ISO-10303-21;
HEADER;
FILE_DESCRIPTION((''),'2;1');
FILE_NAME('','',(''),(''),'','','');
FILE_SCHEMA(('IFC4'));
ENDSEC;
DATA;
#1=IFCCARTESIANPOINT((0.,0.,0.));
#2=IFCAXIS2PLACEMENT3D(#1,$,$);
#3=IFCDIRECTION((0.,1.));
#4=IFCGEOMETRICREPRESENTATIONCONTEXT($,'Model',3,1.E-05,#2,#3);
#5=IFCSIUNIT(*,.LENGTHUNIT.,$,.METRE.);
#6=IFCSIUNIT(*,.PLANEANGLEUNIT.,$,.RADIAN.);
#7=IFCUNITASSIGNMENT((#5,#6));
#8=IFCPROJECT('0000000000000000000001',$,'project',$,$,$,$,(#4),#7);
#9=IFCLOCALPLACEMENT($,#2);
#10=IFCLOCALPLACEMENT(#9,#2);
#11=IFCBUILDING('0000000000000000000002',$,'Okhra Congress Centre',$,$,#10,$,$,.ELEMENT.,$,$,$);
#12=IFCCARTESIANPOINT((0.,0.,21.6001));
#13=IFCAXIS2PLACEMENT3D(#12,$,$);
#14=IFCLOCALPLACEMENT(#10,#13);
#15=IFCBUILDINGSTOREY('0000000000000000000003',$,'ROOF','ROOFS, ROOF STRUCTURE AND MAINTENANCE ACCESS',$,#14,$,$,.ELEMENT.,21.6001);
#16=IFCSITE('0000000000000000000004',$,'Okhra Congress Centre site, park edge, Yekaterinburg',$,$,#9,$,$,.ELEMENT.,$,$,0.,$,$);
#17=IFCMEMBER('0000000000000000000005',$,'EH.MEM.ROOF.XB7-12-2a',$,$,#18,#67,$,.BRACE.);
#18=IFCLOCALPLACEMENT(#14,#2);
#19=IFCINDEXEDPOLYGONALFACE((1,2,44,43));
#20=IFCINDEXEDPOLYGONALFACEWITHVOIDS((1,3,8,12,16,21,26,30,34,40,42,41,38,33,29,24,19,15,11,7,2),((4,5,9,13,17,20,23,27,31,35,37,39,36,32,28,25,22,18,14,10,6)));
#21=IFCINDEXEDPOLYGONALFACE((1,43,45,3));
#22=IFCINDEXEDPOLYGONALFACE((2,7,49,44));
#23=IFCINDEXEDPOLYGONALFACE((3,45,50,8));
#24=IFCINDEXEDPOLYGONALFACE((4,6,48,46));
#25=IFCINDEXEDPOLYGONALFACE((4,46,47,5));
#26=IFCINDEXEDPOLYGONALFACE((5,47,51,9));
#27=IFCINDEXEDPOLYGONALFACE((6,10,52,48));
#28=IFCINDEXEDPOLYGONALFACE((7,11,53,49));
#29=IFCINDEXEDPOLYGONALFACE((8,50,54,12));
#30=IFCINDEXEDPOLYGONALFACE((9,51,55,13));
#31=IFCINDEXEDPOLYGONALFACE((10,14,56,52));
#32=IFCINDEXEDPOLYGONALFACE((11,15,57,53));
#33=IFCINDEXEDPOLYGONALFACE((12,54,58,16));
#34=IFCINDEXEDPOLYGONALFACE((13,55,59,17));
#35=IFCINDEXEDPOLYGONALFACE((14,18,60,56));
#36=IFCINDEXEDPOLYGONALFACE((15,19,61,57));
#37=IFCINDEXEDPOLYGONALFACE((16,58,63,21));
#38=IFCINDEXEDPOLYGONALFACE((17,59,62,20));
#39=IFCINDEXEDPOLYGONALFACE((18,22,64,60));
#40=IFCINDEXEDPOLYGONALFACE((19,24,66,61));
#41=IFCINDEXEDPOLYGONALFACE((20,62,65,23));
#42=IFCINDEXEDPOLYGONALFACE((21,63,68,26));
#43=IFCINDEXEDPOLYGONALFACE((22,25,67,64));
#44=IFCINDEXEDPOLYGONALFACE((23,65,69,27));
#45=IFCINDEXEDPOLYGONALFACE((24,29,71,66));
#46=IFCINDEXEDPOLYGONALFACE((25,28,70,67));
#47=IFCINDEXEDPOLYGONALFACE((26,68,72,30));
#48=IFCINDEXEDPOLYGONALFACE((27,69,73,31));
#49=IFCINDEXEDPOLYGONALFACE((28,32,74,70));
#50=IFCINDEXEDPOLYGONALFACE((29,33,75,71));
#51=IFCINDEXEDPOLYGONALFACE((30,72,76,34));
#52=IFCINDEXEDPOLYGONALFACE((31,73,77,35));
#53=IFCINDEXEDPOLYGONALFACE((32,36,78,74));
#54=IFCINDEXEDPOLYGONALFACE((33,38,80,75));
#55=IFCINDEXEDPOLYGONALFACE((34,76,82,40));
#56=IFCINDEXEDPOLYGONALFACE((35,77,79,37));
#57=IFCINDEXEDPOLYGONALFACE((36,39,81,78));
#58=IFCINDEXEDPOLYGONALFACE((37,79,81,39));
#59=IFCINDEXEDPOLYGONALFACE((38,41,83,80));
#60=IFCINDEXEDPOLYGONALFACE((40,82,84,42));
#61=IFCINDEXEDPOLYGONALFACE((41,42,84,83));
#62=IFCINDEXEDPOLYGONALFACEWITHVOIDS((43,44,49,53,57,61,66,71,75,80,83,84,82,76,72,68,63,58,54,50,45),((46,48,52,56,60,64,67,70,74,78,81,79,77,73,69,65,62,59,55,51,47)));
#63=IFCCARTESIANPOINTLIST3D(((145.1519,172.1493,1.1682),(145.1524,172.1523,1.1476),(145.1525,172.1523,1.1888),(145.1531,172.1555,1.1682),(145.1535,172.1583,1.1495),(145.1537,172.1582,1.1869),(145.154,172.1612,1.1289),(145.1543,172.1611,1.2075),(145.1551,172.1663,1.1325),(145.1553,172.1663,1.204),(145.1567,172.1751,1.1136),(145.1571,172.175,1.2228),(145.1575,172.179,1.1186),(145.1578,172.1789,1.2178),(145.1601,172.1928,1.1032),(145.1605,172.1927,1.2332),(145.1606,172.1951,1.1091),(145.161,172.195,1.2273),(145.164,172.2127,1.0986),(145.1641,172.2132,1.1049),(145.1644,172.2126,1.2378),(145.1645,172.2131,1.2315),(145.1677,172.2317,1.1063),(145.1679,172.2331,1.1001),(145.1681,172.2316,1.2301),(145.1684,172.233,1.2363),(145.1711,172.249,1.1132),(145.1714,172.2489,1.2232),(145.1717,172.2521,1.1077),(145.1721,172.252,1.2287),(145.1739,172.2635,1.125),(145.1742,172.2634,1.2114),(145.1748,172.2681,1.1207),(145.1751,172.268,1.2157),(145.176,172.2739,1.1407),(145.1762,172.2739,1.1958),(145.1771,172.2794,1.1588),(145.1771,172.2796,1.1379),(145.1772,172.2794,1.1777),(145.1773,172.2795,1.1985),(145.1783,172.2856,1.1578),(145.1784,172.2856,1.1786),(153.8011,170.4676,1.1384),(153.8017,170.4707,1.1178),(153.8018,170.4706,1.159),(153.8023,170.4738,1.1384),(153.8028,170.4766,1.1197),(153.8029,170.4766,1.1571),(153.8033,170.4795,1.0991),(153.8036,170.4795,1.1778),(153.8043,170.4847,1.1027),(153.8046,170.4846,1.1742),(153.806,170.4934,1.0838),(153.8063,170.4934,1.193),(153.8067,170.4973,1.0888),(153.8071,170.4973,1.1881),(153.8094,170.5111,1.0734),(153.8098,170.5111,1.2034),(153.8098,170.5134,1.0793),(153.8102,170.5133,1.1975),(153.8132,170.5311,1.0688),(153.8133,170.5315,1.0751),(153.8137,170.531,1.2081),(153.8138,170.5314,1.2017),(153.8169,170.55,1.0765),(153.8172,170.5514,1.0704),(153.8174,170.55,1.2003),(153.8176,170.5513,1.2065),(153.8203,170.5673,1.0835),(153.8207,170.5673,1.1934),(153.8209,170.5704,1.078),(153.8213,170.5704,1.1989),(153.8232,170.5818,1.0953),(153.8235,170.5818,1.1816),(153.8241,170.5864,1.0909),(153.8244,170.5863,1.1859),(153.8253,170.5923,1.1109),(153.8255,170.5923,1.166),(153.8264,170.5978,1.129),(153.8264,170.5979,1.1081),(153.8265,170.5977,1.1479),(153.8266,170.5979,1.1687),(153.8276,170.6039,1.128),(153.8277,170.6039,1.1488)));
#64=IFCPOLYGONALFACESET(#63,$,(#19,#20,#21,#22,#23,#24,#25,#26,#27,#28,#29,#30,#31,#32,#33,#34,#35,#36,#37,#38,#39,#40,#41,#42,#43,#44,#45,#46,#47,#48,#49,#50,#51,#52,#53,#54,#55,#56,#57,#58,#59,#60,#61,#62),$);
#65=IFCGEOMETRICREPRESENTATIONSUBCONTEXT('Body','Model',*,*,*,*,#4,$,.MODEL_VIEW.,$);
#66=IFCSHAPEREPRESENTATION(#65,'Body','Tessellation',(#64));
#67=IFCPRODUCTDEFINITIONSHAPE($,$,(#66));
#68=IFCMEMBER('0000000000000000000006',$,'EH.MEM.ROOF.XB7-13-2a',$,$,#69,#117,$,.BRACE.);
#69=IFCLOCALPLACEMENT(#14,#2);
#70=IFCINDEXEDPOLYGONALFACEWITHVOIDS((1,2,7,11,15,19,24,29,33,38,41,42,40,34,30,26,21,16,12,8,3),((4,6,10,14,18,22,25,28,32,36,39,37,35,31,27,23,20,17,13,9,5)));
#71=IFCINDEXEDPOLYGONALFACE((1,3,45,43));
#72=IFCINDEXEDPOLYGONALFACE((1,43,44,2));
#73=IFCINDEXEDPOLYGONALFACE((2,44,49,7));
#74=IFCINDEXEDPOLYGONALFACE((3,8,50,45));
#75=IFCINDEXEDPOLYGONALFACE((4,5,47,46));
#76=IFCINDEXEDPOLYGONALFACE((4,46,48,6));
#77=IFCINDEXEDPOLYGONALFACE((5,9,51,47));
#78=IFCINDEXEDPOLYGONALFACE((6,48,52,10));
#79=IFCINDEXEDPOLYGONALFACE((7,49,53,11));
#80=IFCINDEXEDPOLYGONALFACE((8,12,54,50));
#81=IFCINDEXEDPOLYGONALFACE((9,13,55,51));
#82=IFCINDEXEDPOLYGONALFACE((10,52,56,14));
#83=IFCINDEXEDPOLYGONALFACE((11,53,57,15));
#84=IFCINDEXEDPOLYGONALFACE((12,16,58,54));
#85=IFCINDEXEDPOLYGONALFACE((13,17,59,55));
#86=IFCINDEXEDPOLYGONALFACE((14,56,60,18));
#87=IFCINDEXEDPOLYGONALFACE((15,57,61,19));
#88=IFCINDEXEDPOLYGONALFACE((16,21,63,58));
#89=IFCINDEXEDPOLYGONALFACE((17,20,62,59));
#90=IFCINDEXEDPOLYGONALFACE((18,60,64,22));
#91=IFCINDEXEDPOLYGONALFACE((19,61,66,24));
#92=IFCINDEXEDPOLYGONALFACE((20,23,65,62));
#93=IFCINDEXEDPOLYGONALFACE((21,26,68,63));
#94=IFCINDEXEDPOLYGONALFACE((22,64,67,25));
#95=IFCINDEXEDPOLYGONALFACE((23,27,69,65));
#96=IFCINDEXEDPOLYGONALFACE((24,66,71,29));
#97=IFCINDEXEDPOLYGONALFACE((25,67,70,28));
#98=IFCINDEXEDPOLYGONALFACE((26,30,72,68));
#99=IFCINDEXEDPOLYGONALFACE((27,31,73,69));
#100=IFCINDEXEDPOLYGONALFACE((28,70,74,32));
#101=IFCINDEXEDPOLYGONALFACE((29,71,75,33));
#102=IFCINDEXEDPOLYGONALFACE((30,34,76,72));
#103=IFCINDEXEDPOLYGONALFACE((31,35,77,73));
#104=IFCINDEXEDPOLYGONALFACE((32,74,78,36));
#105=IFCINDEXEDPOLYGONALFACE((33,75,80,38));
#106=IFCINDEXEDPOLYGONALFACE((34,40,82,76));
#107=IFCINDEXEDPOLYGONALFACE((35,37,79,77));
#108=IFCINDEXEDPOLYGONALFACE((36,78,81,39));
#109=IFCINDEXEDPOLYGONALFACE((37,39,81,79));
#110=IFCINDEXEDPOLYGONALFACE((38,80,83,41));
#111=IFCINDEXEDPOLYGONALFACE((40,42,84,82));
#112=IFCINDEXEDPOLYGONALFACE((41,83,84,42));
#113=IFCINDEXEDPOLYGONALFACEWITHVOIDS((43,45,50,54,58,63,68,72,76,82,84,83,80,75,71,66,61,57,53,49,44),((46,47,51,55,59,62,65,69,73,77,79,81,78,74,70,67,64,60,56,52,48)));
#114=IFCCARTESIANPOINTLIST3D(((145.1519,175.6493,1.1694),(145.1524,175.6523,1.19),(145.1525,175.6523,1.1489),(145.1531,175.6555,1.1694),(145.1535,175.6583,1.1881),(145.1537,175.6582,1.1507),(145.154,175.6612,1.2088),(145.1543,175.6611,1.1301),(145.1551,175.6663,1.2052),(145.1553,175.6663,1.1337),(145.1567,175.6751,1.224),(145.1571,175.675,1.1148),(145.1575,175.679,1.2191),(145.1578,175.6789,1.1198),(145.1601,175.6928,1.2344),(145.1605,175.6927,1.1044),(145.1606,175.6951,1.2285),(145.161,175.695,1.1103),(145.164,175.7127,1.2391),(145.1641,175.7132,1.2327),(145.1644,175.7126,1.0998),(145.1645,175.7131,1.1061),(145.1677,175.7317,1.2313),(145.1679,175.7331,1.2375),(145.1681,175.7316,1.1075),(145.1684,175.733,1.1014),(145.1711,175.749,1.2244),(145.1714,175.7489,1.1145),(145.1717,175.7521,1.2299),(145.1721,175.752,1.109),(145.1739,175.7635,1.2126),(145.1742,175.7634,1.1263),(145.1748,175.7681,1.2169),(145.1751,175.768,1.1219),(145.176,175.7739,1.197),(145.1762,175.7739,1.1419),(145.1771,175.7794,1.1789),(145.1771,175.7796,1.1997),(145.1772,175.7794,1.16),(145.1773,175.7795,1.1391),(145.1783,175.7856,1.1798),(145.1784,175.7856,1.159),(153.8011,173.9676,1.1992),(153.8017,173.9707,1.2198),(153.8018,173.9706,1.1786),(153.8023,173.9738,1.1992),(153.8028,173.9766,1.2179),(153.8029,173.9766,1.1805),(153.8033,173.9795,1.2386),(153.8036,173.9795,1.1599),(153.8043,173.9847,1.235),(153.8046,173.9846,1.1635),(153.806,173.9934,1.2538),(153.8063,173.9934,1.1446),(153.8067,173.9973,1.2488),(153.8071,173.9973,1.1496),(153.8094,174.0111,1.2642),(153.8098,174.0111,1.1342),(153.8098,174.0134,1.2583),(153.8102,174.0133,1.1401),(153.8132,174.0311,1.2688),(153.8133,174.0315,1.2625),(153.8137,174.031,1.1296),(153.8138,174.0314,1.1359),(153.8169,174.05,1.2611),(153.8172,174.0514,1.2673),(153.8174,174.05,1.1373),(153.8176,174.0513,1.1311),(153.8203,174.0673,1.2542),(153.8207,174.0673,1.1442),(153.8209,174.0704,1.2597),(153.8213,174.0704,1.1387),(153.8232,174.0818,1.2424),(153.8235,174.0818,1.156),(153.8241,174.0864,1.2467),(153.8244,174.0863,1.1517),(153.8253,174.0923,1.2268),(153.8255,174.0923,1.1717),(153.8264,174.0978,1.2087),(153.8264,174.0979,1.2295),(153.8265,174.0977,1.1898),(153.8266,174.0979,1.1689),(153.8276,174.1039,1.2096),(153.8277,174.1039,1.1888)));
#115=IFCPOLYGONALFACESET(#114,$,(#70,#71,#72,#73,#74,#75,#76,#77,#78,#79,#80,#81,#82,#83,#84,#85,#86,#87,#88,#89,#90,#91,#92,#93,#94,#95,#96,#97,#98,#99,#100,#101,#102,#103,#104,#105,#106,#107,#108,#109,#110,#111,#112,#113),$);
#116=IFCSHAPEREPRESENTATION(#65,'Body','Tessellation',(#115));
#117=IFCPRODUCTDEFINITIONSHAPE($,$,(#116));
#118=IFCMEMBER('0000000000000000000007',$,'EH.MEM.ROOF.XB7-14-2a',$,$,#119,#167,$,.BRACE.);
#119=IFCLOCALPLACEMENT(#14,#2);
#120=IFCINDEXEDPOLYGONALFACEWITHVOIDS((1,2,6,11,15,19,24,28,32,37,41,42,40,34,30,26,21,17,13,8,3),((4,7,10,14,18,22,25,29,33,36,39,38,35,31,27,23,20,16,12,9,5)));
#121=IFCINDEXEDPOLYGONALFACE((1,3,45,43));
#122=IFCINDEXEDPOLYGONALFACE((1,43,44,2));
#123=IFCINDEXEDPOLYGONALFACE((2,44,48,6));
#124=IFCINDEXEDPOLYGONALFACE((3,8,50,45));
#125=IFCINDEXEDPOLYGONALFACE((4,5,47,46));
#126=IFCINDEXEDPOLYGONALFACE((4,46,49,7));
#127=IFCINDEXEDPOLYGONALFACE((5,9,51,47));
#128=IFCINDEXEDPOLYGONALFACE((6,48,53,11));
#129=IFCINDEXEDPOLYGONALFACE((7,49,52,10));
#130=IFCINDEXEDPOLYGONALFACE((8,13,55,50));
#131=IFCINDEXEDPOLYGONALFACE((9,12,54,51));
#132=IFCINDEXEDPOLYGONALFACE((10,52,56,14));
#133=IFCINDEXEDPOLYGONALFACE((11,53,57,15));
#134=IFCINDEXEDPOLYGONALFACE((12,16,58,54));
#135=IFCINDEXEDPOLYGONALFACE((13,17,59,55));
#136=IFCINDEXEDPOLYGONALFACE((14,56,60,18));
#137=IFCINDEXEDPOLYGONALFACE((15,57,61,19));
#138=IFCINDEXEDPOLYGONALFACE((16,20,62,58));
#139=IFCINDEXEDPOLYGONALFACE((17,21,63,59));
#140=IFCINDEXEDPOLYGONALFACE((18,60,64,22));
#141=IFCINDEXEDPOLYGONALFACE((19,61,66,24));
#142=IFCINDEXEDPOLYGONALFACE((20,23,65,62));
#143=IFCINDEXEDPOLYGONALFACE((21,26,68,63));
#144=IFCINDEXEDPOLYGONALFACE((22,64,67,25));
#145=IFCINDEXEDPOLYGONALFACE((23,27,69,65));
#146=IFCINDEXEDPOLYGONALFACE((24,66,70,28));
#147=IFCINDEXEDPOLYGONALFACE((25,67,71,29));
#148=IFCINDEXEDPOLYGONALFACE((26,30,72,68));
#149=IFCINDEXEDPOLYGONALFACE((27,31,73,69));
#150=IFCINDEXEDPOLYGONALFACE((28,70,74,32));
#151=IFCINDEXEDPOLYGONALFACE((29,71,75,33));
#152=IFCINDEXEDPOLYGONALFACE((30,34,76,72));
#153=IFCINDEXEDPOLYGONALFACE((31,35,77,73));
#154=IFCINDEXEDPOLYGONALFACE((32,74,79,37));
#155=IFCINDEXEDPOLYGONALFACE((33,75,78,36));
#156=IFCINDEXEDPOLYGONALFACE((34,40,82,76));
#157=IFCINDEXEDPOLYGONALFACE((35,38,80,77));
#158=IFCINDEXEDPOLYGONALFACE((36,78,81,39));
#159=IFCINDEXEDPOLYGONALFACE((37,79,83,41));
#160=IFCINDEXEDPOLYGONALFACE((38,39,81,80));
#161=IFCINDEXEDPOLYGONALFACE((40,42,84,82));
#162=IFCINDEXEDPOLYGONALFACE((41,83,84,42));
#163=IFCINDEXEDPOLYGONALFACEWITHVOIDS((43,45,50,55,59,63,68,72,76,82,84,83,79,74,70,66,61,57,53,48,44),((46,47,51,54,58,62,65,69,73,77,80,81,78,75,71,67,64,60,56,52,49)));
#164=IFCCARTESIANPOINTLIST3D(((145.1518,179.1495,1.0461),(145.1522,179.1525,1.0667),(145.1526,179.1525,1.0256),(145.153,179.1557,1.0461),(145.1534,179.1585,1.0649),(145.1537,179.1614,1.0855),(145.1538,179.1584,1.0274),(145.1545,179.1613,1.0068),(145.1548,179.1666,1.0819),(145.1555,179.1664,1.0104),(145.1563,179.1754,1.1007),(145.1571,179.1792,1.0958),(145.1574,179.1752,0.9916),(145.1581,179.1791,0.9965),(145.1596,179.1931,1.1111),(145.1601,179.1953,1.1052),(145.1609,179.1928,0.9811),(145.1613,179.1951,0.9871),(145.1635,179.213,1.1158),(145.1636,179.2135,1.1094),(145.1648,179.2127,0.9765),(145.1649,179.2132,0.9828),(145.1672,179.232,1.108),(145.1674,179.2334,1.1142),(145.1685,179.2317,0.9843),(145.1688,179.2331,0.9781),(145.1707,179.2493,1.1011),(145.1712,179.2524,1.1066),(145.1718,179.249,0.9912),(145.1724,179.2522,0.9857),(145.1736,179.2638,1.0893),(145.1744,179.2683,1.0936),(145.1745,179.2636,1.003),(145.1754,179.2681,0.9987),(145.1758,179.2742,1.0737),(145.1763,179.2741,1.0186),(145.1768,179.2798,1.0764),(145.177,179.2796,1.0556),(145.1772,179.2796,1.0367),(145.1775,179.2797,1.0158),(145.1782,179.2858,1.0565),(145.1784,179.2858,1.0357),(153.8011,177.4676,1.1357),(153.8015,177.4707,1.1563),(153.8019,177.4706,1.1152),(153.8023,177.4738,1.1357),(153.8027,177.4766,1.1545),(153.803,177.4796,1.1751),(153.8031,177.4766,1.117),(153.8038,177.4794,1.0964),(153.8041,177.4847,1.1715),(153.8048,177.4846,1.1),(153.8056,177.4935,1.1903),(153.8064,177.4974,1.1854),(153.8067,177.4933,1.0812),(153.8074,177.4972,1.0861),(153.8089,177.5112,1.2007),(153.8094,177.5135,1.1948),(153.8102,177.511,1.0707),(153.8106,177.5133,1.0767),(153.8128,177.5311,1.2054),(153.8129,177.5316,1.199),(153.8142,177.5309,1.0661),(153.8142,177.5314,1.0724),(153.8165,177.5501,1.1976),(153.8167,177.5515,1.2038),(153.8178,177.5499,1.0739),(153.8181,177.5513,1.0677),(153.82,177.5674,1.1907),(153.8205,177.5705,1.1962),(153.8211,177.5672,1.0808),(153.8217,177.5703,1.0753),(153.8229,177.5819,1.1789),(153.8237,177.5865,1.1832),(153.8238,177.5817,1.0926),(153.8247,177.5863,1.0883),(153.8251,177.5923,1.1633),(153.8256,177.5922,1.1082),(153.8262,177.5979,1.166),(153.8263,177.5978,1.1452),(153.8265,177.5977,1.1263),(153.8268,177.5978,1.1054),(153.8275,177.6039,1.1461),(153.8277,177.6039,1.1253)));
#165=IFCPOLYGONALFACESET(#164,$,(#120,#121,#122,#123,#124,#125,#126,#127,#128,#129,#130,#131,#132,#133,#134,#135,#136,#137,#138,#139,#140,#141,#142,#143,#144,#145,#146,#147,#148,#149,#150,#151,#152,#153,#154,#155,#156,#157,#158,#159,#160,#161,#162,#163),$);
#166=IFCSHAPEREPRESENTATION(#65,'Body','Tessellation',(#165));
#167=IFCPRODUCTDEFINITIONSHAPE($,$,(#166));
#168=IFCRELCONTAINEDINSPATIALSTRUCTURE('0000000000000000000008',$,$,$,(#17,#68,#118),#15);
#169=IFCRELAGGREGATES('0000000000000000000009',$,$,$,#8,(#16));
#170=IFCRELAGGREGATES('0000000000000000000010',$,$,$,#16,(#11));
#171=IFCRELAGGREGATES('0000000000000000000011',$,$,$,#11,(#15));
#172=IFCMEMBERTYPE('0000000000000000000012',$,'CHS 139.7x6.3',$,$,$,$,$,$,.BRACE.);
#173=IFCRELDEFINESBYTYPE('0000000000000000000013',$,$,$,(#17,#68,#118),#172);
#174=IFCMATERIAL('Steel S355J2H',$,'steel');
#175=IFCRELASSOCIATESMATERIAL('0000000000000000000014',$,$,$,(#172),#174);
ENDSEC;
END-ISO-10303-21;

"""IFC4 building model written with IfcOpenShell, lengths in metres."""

from ifc_helpers import new_model, si_unit, direction, frame, origin, origin_2d, place, context, subcontext, project, spatial, hollow_circle, extrude, material, material_profile, profile_set, type_object, element, save


model = new_model("IFC4")

# Units and contexts
model_context = context("Model", 3, precision=1e-05, world=origin(), true_north=direction((0.0, 1.0)))
body_context = subcontext(model_context, "Body", "Model", "MODEL_VIEW")
ifc_project = project(units=[si_unit("LENGTHUNIT", "METRE"), si_unit("PLANEANGLEUNIT", "RADIAN")], contexts=[model_context])

# Site, building, storey
site_placement = place(None, origin())
site = spatial("IfcSite", under=ifc_project, at=site_placement, Name="Okhra Congress Centre site, park edge, Yekaterinburg", CompositionType="ELEMENT", RefElevation=0.0)
building_placement = place(site_placement, origin())
building = spatial("IfcBuilding", under=site, at=building_placement, Name="Okhra Congress Centre", CompositionType="ELEMENT")
storey_placement = place(building_placement, frame((0.0, 0.0, 21.6001)))
storey = spatial("IfcBuildingStorey", under=building, at=storey_placement, Name="ROOF", Description="ROOFS, ROOF STRUCTURE AND MAINTENANCE ACCESS", CompositionType="ELEMENT", Elevation=21.6001)

# Members
ifc_material_1 = material(Name="Steel S355J2H", Category="steel")
ifc_material_profile_1 = material_profile(ifc_material_1, hollow_circle(Radius=0.0698, WallThickness=0.0063, at=origin_2d()), Name="CHS 139.7x6.3")
ifc_profile_set_1 = profile_set([ifc_material_profile_1], Name="Steel S355J2H")
member_type_1 = type_object("IfcMemberType", Name="CHS 139.7x6.3", PredefinedType="BRACE", material=ifc_profile_set_1)
for number, where, z_axis, x_axis, name in (
    (1, (153.8145, 170.5361, 1.1384), (-0.981613, 0.190853, 0.00338), (-0.190854, -0.981618, 0.0), "EH.MEM.ROOF.XB7-12-2a"),
    (2, (153.8145, 174.0361, 1.1992), (-0.981613, 0.190853, -0.00338), (-0.190854, -0.981618, 0.0), "EH.MEM.ROOF.XB7-13-2a"),
):
    element("IfcMember", number, at=place(storey_placement, frame(where, z_axis=z_axis, x_axis=x_axis)), inside=storey, type_object=member_type_1, Name=name, PredefinedType="BRACE", context=body_context, shape_type="SweptSolid", body=[
        extrude(hollow_circle(Radius=0.0698, WallThickness=0.0063, at=origin_2d()), origin(), (0.0, 0.0, 1.0), 8.8113),
    ])
member_1_placement = place(storey_placement, frame((153.8145, 177.5361, 1.1357), z_axis=(-0.981563, 0.190866, -0.010168), x_axis=(-0.190876, -0.981614, 0.0)))
element("IfcMember", 3, at=member_1_placement, inside=storey, type_object=member_type_1, Name="EH.MEM.ROOF.XB7-14-2a", PredefinedType="BRACE", context=body_context, shape_type="SweptSolid", body=[
    extrude(hollow_circle(Radius=0.0698, WallThickness=0.0063, at=origin_2d()), origin(), (0.0, 0.0, 1.0), 8.8118),
])

save(model, "model.ifc")
